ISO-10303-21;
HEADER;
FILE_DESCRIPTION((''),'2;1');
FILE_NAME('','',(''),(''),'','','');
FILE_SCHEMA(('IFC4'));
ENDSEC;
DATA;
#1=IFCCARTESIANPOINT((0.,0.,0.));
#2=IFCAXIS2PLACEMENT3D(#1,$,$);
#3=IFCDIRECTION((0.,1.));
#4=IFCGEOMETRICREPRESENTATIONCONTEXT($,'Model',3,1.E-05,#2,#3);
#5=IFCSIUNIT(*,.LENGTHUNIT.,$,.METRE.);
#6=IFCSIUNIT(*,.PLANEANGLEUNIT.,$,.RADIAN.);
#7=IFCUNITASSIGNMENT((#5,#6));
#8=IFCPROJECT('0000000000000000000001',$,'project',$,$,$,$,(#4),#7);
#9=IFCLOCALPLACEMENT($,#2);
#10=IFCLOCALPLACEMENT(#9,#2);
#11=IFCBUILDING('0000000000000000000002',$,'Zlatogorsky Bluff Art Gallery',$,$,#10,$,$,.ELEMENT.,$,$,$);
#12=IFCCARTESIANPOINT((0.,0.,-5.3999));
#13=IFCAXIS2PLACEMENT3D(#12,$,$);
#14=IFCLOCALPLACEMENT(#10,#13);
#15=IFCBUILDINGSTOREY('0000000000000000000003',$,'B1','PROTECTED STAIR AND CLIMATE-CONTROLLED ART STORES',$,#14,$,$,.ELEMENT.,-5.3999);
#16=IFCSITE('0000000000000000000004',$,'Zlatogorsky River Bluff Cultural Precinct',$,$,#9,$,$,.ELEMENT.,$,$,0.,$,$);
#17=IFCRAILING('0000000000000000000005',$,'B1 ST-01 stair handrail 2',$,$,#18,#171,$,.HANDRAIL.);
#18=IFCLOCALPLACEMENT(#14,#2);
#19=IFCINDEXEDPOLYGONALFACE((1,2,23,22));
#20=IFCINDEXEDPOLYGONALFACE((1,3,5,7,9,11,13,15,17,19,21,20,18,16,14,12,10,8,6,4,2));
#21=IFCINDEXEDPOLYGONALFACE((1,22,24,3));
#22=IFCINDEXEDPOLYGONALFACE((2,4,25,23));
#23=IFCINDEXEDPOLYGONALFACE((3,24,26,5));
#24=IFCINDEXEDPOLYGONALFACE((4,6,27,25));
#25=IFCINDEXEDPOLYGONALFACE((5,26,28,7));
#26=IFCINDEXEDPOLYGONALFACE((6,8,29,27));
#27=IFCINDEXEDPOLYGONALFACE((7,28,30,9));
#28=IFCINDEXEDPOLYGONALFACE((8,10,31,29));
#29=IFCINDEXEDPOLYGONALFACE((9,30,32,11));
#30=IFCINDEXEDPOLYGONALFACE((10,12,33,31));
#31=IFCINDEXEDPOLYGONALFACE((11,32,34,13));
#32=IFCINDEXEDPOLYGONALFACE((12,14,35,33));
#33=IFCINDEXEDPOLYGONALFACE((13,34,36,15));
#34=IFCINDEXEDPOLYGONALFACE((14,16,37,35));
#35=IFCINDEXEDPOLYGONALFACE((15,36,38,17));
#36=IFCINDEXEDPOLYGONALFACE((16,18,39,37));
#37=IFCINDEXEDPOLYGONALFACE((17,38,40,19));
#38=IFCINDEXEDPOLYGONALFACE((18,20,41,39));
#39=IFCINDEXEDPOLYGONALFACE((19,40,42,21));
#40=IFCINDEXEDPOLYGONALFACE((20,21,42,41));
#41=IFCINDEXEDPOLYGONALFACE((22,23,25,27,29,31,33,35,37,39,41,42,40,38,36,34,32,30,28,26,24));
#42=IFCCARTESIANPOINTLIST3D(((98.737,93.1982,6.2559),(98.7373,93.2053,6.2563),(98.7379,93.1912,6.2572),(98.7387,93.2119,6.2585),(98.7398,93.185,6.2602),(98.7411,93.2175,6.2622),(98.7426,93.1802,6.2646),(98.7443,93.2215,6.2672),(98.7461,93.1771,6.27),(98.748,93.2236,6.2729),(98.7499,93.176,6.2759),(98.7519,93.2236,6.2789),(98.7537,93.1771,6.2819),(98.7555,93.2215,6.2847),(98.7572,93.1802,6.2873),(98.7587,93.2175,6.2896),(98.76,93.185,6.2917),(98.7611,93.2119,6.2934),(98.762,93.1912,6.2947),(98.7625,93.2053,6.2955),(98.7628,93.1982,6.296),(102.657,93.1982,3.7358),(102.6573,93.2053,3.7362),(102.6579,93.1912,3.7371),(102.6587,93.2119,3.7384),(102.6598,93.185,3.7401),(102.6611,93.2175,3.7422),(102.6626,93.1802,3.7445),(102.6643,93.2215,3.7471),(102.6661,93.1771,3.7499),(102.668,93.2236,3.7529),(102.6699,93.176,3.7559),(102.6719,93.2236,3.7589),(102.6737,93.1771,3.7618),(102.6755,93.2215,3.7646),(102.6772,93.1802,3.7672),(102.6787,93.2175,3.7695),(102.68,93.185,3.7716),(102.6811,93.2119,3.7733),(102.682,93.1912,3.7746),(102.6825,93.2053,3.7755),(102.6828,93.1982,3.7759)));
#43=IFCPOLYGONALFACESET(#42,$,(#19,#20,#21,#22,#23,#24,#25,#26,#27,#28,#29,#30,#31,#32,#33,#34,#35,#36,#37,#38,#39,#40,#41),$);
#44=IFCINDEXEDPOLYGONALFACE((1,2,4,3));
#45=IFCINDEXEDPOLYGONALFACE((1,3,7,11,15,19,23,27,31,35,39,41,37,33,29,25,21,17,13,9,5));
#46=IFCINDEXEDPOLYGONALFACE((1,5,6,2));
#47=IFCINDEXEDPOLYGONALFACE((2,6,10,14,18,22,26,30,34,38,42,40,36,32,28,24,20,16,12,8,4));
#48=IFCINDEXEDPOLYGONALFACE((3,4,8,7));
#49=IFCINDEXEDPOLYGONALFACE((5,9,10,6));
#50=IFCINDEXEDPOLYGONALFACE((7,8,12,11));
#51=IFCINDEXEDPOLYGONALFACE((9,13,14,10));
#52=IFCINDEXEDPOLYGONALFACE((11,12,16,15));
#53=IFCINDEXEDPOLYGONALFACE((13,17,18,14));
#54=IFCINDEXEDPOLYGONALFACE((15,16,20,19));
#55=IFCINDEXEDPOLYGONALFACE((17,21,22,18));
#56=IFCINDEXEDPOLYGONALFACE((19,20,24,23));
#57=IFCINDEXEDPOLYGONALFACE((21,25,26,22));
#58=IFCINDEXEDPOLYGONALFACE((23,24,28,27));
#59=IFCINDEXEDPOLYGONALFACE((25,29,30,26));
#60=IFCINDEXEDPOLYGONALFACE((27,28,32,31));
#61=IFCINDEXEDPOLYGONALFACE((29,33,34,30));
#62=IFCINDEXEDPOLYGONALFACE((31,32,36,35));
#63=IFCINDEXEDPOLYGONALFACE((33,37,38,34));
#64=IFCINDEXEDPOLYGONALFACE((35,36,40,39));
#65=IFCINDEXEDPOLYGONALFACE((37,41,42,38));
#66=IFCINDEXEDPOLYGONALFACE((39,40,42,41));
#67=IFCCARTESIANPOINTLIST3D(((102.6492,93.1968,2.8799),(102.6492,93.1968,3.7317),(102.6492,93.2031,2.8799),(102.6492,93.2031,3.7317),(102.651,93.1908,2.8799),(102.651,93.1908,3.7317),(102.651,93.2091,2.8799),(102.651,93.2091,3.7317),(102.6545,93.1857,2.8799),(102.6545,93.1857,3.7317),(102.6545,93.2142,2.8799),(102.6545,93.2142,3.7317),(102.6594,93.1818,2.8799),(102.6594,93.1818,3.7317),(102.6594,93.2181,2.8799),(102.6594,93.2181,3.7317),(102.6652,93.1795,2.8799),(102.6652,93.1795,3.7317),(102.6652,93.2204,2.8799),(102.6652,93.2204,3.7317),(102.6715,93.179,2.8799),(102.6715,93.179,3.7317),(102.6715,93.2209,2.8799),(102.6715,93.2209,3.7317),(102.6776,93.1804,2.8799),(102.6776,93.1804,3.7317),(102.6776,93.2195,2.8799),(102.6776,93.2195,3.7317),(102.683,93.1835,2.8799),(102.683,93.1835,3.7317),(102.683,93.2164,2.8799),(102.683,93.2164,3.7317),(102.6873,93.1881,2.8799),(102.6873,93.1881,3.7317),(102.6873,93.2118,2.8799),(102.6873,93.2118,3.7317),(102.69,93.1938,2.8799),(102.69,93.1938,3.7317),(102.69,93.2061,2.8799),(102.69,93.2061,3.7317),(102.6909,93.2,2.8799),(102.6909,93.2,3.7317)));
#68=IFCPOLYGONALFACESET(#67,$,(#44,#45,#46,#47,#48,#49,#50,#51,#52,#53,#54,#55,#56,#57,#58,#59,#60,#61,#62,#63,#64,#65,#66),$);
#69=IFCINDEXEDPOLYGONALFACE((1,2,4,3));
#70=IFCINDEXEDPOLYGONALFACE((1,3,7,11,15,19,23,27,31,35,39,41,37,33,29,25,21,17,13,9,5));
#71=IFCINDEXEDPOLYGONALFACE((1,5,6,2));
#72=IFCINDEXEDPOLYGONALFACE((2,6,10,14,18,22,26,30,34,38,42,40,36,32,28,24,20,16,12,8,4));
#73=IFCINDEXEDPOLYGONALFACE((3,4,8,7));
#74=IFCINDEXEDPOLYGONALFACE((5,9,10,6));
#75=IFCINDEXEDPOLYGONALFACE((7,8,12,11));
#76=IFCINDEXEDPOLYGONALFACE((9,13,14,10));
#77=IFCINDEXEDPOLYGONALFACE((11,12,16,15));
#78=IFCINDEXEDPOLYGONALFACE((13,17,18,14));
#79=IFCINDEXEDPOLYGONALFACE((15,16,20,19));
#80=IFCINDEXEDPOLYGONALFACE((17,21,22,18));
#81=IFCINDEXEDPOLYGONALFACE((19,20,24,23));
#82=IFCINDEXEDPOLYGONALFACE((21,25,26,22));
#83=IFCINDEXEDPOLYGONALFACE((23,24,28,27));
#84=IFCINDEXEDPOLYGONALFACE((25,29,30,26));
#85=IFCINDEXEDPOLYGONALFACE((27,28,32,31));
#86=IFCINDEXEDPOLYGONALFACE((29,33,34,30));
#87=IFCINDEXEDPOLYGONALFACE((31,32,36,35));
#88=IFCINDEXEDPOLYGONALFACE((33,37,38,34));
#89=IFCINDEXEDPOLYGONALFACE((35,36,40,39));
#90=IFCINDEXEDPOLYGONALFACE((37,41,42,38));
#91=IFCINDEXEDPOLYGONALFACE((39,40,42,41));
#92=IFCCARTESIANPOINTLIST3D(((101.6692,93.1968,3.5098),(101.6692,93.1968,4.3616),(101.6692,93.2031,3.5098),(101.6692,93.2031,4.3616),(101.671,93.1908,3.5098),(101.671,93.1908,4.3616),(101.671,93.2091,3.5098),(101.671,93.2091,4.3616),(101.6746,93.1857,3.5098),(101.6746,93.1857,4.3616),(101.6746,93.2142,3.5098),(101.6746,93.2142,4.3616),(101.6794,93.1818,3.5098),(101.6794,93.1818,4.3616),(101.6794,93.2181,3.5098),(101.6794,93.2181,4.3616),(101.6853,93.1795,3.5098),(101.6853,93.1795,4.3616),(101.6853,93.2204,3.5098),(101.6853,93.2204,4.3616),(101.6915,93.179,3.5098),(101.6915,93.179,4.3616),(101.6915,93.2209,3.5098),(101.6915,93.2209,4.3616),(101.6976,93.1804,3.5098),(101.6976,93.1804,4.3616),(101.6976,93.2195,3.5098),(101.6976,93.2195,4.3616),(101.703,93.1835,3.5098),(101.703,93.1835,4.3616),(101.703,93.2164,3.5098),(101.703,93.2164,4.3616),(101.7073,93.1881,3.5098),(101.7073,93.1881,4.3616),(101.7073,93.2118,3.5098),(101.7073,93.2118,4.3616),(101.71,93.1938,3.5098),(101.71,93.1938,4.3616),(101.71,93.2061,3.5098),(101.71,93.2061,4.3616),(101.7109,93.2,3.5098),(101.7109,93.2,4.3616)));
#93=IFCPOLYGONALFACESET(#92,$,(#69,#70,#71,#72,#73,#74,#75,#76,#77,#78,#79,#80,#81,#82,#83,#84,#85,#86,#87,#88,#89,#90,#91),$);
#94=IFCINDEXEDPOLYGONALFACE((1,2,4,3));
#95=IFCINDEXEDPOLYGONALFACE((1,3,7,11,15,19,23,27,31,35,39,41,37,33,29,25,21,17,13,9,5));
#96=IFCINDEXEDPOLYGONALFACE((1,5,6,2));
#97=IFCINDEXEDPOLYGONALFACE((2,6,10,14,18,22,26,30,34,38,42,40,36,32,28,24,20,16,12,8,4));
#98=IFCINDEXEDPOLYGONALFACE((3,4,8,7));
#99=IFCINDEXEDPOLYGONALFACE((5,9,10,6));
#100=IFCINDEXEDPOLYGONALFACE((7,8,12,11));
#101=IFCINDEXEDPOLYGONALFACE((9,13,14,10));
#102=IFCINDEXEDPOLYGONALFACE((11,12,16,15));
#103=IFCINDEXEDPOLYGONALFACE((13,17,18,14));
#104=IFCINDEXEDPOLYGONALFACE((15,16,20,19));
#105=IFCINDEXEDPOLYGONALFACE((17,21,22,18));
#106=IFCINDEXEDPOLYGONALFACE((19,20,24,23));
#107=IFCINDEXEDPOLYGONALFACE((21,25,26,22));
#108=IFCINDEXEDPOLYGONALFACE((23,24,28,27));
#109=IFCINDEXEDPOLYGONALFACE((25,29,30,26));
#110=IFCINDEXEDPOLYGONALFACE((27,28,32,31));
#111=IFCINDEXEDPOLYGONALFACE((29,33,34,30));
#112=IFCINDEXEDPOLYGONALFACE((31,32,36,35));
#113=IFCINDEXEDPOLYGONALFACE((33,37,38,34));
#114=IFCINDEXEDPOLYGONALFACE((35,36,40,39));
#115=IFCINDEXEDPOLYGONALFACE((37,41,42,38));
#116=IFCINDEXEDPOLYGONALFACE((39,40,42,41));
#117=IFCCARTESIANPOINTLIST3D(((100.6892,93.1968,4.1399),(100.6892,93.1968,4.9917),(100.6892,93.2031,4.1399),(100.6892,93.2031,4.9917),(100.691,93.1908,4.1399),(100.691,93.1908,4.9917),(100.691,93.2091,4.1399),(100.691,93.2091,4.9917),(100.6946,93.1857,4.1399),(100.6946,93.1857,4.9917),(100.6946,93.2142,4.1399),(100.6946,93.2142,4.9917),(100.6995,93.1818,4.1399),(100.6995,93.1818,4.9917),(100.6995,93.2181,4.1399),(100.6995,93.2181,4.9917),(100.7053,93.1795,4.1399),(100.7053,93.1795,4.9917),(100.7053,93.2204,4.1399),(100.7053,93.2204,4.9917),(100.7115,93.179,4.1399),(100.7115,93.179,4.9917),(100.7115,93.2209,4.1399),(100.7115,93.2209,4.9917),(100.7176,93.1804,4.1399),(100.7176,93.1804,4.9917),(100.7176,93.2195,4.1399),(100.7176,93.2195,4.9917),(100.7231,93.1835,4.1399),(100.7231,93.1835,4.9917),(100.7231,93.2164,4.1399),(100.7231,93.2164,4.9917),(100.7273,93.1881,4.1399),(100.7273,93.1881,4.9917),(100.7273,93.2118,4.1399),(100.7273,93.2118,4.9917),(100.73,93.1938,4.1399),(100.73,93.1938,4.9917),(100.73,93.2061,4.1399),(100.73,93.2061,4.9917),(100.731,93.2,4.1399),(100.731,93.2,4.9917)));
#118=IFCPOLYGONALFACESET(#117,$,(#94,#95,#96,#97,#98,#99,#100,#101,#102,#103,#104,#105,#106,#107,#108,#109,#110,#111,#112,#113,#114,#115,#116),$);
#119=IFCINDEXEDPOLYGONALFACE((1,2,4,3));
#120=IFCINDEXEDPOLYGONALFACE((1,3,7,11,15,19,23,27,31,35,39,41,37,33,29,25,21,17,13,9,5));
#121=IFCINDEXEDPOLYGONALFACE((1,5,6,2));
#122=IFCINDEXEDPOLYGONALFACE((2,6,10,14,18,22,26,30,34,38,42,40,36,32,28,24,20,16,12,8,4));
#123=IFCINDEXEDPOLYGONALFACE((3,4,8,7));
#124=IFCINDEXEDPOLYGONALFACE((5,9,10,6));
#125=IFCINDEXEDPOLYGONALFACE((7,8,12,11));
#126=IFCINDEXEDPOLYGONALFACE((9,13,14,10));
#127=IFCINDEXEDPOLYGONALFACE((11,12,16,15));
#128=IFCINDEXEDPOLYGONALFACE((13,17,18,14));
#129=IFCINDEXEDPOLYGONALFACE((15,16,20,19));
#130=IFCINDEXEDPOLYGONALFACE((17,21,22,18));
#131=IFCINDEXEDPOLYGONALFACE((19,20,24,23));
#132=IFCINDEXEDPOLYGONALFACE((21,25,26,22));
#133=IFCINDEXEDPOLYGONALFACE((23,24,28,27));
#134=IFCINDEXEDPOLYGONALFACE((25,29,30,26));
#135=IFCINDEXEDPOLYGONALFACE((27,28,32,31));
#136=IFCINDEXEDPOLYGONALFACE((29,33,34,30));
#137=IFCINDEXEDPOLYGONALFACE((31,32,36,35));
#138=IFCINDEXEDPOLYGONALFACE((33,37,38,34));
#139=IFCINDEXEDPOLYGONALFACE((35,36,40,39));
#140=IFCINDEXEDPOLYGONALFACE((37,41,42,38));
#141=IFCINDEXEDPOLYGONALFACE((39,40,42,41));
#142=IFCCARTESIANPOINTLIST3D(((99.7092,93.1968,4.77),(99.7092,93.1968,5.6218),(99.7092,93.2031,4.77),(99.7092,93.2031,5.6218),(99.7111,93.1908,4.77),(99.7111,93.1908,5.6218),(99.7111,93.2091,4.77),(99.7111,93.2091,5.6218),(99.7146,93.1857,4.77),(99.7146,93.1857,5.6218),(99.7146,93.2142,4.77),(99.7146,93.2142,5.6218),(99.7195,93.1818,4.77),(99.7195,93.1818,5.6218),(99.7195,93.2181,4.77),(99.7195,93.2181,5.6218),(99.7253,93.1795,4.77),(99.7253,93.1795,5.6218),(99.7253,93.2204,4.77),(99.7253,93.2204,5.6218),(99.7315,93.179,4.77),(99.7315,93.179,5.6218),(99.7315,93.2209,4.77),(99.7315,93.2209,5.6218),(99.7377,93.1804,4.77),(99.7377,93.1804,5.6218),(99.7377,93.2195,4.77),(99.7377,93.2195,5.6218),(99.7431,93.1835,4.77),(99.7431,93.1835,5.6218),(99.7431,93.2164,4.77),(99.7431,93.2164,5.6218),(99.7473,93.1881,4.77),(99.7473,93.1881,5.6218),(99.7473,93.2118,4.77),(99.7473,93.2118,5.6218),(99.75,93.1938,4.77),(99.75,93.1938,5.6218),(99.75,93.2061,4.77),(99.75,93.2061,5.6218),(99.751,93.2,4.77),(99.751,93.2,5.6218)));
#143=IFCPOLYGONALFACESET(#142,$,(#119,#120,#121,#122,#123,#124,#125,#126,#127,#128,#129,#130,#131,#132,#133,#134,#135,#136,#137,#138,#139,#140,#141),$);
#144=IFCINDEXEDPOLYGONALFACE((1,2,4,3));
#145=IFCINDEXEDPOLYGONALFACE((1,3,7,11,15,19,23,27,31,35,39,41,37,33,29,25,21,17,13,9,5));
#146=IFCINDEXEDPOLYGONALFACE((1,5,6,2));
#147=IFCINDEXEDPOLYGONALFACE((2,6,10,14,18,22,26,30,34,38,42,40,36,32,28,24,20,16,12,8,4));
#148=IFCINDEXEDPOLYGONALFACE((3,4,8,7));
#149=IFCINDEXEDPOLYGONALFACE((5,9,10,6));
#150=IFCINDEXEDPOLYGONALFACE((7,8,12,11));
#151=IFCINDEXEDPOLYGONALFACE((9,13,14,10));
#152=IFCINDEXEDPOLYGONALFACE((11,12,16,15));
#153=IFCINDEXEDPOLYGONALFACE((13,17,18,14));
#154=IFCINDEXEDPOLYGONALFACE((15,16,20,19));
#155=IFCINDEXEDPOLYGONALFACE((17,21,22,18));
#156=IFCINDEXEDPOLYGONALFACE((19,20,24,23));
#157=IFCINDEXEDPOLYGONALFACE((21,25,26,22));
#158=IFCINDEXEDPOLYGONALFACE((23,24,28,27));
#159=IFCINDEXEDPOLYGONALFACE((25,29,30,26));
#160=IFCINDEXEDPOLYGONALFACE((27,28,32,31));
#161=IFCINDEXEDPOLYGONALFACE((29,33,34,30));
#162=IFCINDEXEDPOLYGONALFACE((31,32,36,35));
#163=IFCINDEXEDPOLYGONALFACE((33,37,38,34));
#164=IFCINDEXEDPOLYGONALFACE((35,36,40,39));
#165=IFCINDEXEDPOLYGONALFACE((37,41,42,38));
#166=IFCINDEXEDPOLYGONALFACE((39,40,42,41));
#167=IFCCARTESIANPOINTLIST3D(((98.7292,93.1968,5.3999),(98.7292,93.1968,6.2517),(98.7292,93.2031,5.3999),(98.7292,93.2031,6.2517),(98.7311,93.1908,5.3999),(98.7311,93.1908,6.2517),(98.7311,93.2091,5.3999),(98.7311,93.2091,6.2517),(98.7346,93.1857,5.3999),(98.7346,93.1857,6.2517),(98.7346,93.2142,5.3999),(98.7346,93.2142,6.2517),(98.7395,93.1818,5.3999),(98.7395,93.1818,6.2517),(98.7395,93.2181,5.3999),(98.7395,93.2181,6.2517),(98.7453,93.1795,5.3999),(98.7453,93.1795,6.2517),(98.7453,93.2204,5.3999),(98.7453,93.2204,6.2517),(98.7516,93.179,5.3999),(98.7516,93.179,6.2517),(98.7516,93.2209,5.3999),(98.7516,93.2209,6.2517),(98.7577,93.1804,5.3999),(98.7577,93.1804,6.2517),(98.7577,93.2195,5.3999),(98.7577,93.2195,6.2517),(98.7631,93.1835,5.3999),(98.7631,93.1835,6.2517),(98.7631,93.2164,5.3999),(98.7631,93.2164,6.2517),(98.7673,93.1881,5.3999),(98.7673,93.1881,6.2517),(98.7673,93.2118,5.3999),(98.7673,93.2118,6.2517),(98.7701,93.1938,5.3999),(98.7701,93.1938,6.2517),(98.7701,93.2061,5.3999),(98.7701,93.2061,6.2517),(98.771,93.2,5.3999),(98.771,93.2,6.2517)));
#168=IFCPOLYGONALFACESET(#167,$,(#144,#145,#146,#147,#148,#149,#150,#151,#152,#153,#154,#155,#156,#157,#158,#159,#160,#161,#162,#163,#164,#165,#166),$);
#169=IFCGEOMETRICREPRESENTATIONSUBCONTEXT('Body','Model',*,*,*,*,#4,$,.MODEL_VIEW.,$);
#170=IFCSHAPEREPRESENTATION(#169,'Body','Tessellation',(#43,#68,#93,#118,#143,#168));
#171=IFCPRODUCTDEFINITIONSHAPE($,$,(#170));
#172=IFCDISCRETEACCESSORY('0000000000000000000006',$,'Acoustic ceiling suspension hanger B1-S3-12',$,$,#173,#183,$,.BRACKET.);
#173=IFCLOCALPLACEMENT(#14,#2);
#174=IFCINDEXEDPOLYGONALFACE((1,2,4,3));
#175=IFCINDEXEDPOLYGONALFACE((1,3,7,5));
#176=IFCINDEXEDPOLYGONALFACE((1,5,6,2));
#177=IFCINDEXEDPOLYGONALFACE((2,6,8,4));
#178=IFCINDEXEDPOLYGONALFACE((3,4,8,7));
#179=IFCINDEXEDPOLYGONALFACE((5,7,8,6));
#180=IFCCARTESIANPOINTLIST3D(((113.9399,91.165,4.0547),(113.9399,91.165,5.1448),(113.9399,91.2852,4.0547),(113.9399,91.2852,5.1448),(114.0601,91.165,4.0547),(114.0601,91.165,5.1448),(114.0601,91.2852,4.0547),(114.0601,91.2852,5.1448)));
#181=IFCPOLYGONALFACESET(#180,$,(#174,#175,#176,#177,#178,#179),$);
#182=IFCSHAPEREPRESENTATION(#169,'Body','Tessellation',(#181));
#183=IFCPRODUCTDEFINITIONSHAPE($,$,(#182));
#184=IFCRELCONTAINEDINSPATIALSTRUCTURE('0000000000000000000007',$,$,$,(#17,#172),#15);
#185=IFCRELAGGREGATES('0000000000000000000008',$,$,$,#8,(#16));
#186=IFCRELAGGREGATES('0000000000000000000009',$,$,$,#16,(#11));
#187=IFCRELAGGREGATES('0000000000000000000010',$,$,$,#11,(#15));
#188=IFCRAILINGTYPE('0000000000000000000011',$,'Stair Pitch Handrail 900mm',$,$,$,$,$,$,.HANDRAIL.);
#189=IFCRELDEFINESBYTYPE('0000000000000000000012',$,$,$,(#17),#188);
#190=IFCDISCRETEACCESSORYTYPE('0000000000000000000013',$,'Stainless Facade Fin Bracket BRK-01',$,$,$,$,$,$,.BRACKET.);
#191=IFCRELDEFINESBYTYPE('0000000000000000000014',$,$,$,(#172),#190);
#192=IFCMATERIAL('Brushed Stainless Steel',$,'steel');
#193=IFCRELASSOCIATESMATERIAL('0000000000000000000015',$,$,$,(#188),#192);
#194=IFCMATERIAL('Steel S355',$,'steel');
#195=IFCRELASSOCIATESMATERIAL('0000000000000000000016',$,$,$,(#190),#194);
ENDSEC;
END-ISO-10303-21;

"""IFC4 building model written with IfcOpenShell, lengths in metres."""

from ifc_helpers import new_model, si_unit, direction, frame, origin, origin_2d, place, context, subcontext, project, spatial, rectangle, circle, extrude, material, type_object, element, save


model = new_model("IFC4")

# Units and contexts
model_context = context("Model", 3, precision=1e-05, world=origin(), true_north=direction((0.0, 1.0)))
body_context = subcontext(model_context, "Body", "Model", "MODEL_VIEW")
ifc_project = project(units=[si_unit("LENGTHUNIT", "METRE"), si_unit("PLANEANGLEUNIT", "RADIAN")], contexts=[model_context])

# Site, building, storey
site_placement = place(None, origin())
site = spatial("IfcSite", under=ifc_project, at=site_placement, Name="Zlatogorsky River Bluff Cultural Precinct", CompositionType="ELEMENT", RefElevation=0.0)
building_placement = place(site_placement, origin())
building = spatial("IfcBuilding", under=site, at=building_placement, Name="Zlatogorsky Bluff Art Gallery", CompositionType="ELEMENT")
storey_placement = place(building_placement, frame((0.0, 0.0, -5.3999)))
storey = spatial("IfcBuildingStorey", under=building, at=storey_placement, Name="B1", Description="PROTECTED STAIR AND CLIMATE-CONTROLLED ART STORES", CompositionType="ELEMENT", Elevation=-5.3999)

# Shared definitions
ifc_material_1 = material(Name="Steel S355", Category="steel")

# Railing
ifc_material_2 = material(Name="Brushed Stainless Steel", Category="steel")
railing_type_1 = type_object("IfcRailingType", Name="Stair Pitch Handrail 900mm", PredefinedType="HANDRAIL", material=ifc_material_2)
railing_1_placement = place(storey_placement, frame((102.6699, 93.2, 2.8799)))
element("IfcRailing", 1, at=railing_1_placement, inside=storey, type_object=railing_type_1, Name="B1 ST-01 stair handrail 2", PredefinedType="HANDRAIL", context=body_context, shape_type="SweptSolid", body=[
    extrude(circle(Radius=0.0239, at=origin_2d()), frame((0.0, 0.0, 0.876), z_axis=(-0.841172, 0.0, 0.540768), x_axis=(0.0, -1.0, 0.0)), (0.0, 0.0, 1.0), 4.6602),
    extrude(circle(Radius=0.021, at=origin_2d()), origin(), (0.0, 0.0, 1.0), 0.8518),
    extrude(circle(Radius=0.021, at=origin_2d()), frame((-0.98, 0.0, 0.6299)), (0.0, 0.0, 1.0), 0.8518),
    extrude(circle(Radius=0.021, at=origin_2d()), frame((-1.96, 0.0, 1.26)), (0.0, 0.0, 1.0), 0.8518),
    extrude(circle(Radius=0.021, at=origin_2d()), frame((-2.9399, 0.0, 1.8901)), (0.0, 0.0, 1.0), 0.8518),
    extrude(circle(Radius=0.021, at=origin_2d()), frame((-3.9199, 0.0, 2.52)), (0.0, 0.0, 1.0), 0.8518),
])

# Discrete accessory
discrete_accessory_type = type_object("IfcDiscreteAccessoryType", Name="Stainless Facade Fin Bracket BRK-01", PredefinedType="BRACKET", material=ifc_material_1)
discrete_accessory_placement = place(storey_placement, frame((114.0, 91.2251, 4.0547), z_axis=(0.0, 0.0, 1.0), x_axis=(1.0, 0.0, 0.0)))
element("IfcDiscreteAccessory", 2, at=discrete_accessory_placement, inside=storey, type_object=discrete_accessory_type, Name="Acoustic ceiling suspension hanger B1-S3-12", PredefinedType="BRACKET", context=body_context, shape_type="SweptSolid", body=[
    extrude(rectangle(XDim=0.1201, YDim=0.1201, at=origin_2d()), origin(), (0.0, 0.0, 1.0), 1.0901),
])

save(model, "model.ifc")
